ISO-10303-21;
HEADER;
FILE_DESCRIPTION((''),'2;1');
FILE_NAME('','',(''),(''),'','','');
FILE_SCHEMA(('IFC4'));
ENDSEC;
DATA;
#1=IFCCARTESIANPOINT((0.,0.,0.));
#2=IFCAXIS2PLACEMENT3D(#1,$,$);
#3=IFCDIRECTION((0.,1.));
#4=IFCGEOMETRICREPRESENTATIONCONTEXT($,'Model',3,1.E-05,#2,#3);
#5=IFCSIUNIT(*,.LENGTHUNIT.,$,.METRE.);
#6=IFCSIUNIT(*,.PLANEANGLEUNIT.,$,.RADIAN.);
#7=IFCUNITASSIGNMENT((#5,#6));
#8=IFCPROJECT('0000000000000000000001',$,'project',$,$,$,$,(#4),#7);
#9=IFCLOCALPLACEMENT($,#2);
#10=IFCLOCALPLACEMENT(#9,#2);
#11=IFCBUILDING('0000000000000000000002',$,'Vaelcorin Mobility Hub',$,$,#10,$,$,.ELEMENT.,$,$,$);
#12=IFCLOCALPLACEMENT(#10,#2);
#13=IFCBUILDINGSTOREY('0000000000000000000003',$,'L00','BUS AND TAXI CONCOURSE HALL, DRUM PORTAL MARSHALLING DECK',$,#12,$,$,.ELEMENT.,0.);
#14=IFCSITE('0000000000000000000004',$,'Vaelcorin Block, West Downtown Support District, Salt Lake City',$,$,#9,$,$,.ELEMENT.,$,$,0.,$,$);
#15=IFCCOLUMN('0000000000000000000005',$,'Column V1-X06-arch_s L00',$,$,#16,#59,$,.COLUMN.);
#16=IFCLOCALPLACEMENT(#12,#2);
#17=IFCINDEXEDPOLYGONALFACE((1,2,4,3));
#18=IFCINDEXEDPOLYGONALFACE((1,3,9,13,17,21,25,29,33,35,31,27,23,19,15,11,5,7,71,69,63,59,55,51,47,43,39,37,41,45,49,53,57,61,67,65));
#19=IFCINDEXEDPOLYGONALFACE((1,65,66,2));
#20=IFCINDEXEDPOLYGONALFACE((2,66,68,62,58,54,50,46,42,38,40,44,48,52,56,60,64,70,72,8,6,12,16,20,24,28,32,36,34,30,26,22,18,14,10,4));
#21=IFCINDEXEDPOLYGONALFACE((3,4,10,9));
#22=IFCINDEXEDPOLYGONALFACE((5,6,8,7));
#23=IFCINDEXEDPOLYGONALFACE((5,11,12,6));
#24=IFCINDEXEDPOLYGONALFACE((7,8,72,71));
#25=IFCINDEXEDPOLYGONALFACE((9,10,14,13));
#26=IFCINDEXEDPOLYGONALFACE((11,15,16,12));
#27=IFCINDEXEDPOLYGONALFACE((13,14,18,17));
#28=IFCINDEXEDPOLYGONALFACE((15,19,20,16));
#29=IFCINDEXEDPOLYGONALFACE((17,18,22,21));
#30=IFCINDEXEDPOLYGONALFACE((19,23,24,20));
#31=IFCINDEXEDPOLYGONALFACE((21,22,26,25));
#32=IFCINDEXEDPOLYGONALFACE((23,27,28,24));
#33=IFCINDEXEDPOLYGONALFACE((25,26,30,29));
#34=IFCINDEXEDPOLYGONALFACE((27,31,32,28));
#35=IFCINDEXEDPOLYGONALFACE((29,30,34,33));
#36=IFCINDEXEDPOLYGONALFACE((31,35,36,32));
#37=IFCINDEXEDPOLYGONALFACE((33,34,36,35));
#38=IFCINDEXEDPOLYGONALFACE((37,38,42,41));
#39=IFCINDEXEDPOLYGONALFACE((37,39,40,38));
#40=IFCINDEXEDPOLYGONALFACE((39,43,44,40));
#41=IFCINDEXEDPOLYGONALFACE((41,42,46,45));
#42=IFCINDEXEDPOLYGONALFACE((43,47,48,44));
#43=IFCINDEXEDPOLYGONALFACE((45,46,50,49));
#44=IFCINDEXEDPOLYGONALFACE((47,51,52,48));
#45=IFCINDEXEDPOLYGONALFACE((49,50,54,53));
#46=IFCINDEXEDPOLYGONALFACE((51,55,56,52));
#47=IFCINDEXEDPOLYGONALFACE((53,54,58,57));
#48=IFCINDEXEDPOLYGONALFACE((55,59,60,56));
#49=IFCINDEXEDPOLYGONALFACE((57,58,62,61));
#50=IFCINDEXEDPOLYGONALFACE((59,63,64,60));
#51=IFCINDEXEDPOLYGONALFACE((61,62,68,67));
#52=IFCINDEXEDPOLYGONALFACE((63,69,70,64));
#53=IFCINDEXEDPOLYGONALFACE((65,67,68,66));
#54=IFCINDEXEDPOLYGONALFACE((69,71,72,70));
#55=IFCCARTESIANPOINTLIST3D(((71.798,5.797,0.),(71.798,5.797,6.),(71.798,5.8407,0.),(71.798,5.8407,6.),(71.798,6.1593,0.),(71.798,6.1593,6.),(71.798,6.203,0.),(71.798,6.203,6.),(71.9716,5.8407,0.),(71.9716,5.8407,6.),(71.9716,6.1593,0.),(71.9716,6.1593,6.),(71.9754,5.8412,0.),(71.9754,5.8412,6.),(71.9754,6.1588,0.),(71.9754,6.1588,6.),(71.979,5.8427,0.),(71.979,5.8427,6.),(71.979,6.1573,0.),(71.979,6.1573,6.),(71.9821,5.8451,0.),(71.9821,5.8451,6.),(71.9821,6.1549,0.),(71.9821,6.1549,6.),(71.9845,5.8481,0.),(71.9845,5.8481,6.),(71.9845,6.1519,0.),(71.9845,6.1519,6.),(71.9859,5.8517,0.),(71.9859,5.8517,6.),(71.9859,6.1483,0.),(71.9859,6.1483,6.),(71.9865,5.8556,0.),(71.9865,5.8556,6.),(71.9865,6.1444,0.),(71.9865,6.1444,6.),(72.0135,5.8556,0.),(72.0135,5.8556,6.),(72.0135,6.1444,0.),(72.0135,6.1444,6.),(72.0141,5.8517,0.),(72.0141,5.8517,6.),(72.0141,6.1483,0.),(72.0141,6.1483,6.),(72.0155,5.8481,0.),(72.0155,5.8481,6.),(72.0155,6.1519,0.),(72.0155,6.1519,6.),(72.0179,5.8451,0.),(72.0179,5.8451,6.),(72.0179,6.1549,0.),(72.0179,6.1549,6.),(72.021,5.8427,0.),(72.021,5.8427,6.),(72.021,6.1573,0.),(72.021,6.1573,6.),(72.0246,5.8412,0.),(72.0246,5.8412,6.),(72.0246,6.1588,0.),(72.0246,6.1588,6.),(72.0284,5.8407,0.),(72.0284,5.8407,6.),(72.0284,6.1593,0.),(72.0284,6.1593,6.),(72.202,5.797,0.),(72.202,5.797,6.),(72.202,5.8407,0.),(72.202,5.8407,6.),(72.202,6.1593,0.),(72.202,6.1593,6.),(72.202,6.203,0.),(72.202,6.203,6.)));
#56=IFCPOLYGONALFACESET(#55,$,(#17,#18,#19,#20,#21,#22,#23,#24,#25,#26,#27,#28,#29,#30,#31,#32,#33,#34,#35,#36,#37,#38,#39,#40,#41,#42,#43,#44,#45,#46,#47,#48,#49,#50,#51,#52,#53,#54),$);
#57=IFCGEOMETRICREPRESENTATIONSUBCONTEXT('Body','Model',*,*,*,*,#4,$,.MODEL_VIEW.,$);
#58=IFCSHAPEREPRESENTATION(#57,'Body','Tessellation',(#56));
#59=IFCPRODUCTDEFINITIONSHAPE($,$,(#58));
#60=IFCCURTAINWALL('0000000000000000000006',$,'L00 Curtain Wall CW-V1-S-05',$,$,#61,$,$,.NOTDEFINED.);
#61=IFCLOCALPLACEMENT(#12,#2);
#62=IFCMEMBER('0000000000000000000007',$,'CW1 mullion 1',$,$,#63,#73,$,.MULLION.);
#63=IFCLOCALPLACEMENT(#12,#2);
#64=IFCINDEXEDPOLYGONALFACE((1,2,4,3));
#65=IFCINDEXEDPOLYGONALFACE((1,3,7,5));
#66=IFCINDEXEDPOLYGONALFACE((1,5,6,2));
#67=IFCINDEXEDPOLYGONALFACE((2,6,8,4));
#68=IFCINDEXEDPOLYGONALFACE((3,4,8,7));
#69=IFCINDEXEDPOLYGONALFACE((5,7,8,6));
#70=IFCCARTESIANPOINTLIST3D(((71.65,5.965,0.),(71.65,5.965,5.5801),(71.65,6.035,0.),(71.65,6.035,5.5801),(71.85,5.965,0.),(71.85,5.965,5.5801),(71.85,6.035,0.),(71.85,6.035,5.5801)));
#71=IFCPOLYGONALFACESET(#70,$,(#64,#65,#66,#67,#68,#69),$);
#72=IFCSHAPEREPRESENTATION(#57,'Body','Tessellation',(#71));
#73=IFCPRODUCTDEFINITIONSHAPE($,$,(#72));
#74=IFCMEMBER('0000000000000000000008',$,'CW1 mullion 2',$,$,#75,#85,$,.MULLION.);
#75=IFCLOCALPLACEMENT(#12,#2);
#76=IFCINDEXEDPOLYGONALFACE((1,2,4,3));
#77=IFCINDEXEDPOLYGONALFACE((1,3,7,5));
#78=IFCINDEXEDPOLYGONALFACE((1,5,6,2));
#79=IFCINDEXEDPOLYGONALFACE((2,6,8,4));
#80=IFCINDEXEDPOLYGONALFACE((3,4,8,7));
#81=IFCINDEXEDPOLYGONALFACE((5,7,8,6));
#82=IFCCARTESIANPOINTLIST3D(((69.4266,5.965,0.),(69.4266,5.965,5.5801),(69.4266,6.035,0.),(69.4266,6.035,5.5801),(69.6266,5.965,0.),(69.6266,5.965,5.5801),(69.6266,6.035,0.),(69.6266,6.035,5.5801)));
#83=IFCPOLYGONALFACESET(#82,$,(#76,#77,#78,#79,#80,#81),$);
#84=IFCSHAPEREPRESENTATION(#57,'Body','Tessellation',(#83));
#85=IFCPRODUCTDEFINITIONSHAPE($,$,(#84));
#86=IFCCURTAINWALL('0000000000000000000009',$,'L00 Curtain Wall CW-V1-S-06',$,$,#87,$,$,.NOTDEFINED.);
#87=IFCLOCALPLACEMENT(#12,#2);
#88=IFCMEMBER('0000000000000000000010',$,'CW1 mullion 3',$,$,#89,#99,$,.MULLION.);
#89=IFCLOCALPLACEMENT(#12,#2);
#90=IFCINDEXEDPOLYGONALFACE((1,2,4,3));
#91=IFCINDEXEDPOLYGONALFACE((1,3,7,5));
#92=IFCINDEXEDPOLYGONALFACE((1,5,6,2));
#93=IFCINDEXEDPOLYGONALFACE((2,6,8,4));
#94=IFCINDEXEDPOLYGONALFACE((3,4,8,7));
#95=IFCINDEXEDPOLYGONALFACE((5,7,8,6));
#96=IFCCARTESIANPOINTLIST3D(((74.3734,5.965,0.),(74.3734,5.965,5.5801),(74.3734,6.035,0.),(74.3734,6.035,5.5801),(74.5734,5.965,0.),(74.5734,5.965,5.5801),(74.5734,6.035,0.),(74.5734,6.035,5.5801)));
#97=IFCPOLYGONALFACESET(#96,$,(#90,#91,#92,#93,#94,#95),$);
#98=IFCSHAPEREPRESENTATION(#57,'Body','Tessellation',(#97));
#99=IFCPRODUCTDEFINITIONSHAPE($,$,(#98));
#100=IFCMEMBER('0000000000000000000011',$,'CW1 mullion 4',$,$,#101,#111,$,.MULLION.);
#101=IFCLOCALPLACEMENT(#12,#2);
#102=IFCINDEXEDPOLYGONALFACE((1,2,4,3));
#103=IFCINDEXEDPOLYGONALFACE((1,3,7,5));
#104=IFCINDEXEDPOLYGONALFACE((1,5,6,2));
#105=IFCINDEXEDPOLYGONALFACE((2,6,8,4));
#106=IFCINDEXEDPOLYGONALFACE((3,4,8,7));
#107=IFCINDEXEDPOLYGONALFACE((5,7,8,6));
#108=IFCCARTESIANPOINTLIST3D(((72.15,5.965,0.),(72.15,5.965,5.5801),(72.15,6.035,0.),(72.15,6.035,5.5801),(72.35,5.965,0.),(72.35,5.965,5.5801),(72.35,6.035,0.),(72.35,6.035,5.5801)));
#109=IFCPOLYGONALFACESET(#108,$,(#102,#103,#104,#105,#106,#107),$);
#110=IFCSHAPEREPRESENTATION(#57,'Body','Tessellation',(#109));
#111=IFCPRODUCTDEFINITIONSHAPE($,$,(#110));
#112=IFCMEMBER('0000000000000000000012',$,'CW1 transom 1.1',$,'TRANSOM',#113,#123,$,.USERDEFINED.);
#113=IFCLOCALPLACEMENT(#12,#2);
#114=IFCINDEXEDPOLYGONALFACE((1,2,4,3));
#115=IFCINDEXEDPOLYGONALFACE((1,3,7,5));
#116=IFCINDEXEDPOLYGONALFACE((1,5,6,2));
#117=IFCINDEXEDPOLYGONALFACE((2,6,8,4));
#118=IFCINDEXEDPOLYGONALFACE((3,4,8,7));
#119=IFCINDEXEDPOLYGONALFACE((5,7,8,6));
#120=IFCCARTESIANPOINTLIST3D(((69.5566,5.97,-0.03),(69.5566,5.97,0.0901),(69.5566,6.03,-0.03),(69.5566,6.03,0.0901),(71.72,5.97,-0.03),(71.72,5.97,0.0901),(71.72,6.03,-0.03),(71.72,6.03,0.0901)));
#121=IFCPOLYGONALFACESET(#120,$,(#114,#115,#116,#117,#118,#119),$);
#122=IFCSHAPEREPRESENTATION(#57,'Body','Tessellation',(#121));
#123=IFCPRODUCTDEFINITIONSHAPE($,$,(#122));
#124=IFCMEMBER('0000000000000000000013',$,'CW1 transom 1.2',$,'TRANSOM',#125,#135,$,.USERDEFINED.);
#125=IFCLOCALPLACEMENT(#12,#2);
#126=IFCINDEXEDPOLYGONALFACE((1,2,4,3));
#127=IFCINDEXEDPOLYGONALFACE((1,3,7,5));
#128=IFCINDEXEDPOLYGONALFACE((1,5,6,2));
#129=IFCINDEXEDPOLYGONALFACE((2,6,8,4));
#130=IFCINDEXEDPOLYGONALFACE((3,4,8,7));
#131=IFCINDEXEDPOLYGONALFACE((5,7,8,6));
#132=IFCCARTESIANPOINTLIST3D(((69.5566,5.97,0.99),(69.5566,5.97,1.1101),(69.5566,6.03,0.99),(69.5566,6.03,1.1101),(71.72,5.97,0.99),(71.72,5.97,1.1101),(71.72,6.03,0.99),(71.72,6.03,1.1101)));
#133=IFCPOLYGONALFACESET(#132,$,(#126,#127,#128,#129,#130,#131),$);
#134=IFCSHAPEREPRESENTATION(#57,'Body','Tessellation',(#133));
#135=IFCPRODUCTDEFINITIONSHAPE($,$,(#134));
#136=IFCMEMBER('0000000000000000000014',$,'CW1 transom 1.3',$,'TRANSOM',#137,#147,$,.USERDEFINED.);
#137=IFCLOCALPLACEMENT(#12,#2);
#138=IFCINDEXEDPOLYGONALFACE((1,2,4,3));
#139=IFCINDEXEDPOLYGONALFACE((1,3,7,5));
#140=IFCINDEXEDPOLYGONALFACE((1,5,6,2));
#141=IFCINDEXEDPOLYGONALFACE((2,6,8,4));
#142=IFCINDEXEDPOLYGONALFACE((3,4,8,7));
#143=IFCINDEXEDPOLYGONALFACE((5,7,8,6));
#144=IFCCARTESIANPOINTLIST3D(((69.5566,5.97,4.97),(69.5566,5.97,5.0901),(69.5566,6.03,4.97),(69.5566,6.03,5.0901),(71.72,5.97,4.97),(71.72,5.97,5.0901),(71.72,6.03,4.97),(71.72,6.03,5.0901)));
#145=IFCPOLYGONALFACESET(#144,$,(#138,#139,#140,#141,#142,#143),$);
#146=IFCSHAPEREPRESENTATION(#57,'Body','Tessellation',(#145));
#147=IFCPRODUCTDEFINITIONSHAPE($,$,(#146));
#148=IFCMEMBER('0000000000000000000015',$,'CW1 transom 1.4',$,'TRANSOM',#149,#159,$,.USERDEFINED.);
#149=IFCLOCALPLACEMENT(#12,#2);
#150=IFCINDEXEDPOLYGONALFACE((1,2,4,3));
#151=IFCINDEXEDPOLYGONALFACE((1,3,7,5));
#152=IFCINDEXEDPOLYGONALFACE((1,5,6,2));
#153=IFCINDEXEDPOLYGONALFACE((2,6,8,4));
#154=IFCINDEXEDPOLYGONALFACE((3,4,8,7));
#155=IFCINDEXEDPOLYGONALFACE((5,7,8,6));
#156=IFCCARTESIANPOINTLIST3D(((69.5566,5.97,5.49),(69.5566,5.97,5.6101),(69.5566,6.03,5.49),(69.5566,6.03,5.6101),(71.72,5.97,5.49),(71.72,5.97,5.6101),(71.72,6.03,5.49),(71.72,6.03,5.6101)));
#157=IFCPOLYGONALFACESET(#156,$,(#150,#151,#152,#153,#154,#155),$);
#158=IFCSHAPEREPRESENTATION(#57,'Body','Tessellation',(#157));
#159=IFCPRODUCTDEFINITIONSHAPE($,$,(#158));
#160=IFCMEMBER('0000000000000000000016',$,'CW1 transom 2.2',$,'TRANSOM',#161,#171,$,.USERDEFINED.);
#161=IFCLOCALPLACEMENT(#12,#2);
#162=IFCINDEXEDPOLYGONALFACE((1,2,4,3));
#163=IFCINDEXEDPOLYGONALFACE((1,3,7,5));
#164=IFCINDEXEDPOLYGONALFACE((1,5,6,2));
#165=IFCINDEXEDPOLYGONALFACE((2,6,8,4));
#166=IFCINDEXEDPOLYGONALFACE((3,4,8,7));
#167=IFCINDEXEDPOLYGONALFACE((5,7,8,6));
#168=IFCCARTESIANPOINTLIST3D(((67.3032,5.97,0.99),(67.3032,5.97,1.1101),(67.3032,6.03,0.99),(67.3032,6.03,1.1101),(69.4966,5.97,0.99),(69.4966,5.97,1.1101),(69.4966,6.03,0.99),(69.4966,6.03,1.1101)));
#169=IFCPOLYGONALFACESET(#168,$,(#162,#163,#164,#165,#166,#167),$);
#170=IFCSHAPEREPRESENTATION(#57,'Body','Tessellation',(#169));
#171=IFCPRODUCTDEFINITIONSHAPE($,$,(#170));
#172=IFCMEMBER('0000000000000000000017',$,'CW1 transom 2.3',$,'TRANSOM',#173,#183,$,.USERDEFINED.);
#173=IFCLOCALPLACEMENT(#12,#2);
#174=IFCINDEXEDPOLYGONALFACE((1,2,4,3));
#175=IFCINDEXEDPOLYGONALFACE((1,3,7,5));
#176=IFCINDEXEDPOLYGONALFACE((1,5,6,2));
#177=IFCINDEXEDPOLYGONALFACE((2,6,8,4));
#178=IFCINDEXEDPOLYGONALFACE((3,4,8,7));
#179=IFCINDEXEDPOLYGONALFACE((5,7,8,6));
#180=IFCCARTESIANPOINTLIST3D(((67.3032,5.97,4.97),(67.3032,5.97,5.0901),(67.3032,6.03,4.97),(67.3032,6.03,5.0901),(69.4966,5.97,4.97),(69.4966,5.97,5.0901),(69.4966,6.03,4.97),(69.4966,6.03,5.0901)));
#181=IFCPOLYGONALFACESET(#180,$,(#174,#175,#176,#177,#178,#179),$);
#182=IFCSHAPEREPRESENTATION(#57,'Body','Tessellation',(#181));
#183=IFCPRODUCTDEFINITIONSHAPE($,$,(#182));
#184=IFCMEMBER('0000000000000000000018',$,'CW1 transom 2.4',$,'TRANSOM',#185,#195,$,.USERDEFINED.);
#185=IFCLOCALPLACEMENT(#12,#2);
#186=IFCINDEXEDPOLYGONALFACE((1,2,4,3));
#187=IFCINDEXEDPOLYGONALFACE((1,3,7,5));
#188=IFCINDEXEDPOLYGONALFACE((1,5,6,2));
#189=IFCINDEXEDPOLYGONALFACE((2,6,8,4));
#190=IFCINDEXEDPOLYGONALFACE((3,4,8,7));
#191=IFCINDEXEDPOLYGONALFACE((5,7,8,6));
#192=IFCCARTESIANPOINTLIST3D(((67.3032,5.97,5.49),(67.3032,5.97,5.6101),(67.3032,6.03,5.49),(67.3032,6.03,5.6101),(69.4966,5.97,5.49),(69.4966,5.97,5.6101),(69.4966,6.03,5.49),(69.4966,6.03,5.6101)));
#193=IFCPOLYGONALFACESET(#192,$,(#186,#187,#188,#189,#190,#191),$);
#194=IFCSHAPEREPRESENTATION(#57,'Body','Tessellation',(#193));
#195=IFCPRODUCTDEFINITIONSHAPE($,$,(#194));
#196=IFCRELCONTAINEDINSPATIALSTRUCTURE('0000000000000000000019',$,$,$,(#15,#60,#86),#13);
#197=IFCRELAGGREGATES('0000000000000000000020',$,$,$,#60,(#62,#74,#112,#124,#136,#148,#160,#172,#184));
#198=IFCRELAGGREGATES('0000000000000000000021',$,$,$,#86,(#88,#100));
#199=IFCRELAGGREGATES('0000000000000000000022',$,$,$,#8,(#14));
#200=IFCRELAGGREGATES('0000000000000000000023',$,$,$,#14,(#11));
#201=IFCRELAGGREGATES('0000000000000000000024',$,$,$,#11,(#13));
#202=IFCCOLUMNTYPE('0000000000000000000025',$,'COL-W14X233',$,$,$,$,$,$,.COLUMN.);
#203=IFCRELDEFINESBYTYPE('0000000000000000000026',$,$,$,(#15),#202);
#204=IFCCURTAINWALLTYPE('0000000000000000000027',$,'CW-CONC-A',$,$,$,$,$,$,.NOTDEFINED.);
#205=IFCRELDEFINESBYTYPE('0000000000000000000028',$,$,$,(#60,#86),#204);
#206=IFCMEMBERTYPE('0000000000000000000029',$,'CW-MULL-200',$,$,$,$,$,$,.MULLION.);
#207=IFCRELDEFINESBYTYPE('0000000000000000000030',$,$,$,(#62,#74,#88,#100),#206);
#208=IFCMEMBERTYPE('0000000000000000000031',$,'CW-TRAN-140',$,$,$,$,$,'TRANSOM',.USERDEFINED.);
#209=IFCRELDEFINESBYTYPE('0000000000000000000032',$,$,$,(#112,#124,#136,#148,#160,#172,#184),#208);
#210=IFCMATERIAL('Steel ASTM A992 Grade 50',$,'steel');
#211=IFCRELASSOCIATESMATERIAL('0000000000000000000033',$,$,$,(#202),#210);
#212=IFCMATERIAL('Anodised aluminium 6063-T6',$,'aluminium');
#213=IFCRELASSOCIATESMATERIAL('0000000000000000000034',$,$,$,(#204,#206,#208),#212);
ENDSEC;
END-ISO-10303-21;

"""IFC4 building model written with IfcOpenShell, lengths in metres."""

from ifc_helpers import new_model, si_unit, direction, frame, origin, origin_2d, place, context, subcontext, project, spatial, rectangle, i_section, extrude, material, material_profile, profile_set, type_object, element, aggregate, save


model = new_model("IFC4")

# Units and contexts
model_context = context("Model", 3, precision=1e-05, world=origin(), true_north=direction((0.0, 1.0)))
body_context = subcontext(model_context, "Body", "Model", "MODEL_VIEW")
ifc_project = project(units=[si_unit("LENGTHUNIT", "METRE"), si_unit("PLANEANGLEUNIT", "RADIAN")], contexts=[model_context])

# Site, building, storey
site_placement = place(None, origin())
site = spatial("IfcSite", under=ifc_project, at=site_placement, Name="Vaelcorin Block, West Downtown Support District, Salt Lake City", CompositionType="ELEMENT", RefElevation=0.0)
building_placement = place(site_placement, origin())
building = spatial("IfcBuilding", under=site, at=building_placement, Name="Vaelcorin Mobility Hub", CompositionType="ELEMENT")
storey_placement = place(building_placement, origin())
storey = spatial("IfcBuildingStorey", under=building, at=storey_placement, Name="L00", Description="BUS AND TAXI CONCOURSE HALL, DRUM PORTAL MARSHALLING DECK", CompositionType="ELEMENT", Elevation=0.0)

# Column
ifc_material_1 = material(Name="Steel ASTM A992 Grade 50", Category="steel")
ifc_material_profile_1 = material_profile(ifc_material_1, i_section(OverallWidth=0.4041, OverallDepth=0.406, WebThickness=0.0271, FlangeThickness=0.0437, FilletRadius=0.0149, at=origin_2d()), Name="W14X233")
ifc_profile_set_1 = profile_set([ifc_material_profile_1], Name="Steel ASTM A992 Grade 50")
column_type = type_object("IfcColumnType", Name="COL-W14X233", PredefinedType="COLUMN", material=ifc_profile_set_1)
column_placement = place(storey_placement, frame((72.0, 6.0, 0.0), z_axis=(0.0, 0.0, 1.0), x_axis=(1.0, 0.0, 0.0)))
element("IfcColumn", 1, at=column_placement, inside=storey, type_object=column_type, Name="Column V1-X06-arch_s L00", PredefinedType="COLUMN", context=body_context, shape_type="SweptSolid", body=[
    extrude(i_section(OverallWidth=0.4041, OverallDepth=0.406, WebThickness=0.0271, FlangeThickness=0.0437, FilletRadius=0.0149, at=origin_2d()), origin(), (0.0, 0.0, 1.0), 6.0),
])

# Curtain walls, members
ifc_material_2 = material(Name="Anodised aluminium 6063-T6", Category="aluminium")
curtain_wall_type = type_object("IfcCurtainWallType", Name="CW-CONC-A", PredefinedType="NOTDEFINED", material=ifc_material_2)
curtain_wall_1_placement = place(storey_placement, origin())
curtain_wall_1 = element("IfcCurtainWall", 2, at=curtain_wall_1_placement, inside=storey, type_object=curtain_wall_type, Name="L00 Curtain Wall CW-V1-S-05", PredefinedType="NOTDEFINED")
ifc_material_profile_2 = material_profile(ifc_material_2, rectangle(XDim=0.0701, YDim=0.2, at=origin_2d()), Name="ALU-M70X200")
ifc_profile_set_2 = profile_set([ifc_material_profile_2], Name="Anodised aluminium 6063-T6")
member_type_1 = type_object("IfcMemberType", Name="CW-MULL-200", PredefinedType="MULLION", material=ifc_profile_set_2)
member_1_placement = place(storey_placement, frame((71.75, 6.0, 0.0), z_axis=(0.0, 0.0, 1.0), x_axis=(0.0, -1.0, 0.0)))
member_1 = element("IfcMember", 3, at=member_1_placement, type_object=member_type_1, Name="CW1 mullion 1", PredefinedType="MULLION", context=body_context, shape_type="SweptSolid", body=[
    extrude(rectangle(XDim=0.0701, YDim=0.2, at=origin_2d()), origin(), (0.0, 0.0, 1.0), 5.5801),
])
member_2_placement = place(storey_placement, frame((69.5266, 6.0, 0.0), z_axis=(0.0, 0.0, 1.0), x_axis=(0.0, -1.0, 0.0)))
member_2 = element("IfcMember", 4, at=member_2_placement, type_object=member_type_1, Name="CW1 mullion 2", PredefinedType="MULLION", context=body_context, shape_type="SweptSolid", body=[
    extrude(rectangle(XDim=0.0701, YDim=0.2, at=origin_2d()), origin(), (0.0, 0.0, 1.0), 5.5801),
])
curtain_wall_2_placement = place(storey_placement, origin())
curtain_wall_2 = element("IfcCurtainWall", 5, at=curtain_wall_2_placement, inside=storey, type_object=curtain_wall_type, Name="L00 Curtain Wall CW-V1-S-06", PredefinedType="NOTDEFINED")
member_3_placement = place(storey_placement, frame((74.4734, 6.0, 0.0), z_axis=(0.0, 0.0, 1.0), x_axis=(0.0, -1.0, 0.0)))
member_3 = element("IfcMember", 6, at=member_3_placement, type_object=member_type_1, Name="CW1 mullion 3", PredefinedType="MULLION", context=body_context, shape_type="SweptSolid", body=[
    extrude(rectangle(XDim=0.0701, YDim=0.2, at=origin_2d()), origin(), (0.0, 0.0, 1.0), 5.5801),
])
member_4_placement = place(storey_placement, frame((72.25, 6.0, 0.0), z_axis=(0.0, 0.0, 1.0), x_axis=(0.0, -1.0, 0.0)))
member_4 = element("IfcMember", 7, at=member_4_placement, type_object=member_type_1, Name="CW1 mullion 4", PredefinedType="MULLION", context=body_context, shape_type="SweptSolid", body=[
    extrude(rectangle(XDim=0.0701, YDim=0.2, at=origin_2d()), origin(), (0.0, 0.0, 1.0), 5.5801),
])

# Members
ifc_material_profile_3 = material_profile(ifc_material_2, rectangle(XDim=0.0601, YDim=0.1201, at=origin_2d()), Name="ALU-T60X120")
ifc_profile_set_3 = profile_set([ifc_material_profile_3], Name="Anodised aluminium 6063-T6")
member_type_2 = type_object("IfcMemberType", Name="CW-TRAN-140", ElementType="TRANSOM", PredefinedType="USERDEFINED", material=ifc_profile_set_3)
member_5_placement = place(storey_placement, frame((71.72, 6.0, 0.03), z_axis=(-1.0, 0.0, 0.0), x_axis=(0.0, -1.0, 0.0)))
member_5 = element("IfcMember", 8, at=member_5_placement, type_object=member_type_2, Name="CW1 transom 1.1", ObjectType="TRANSOM", PredefinedType="USERDEFINED", context=body_context, shape_type="SweptSolid", body=[
    extrude(rectangle(XDim=0.0601, YDim=0.1201, at=origin_2d()), origin(), (0.0, 0.0, 1.0), 2.1633),
])
member_6_placement = place(storey_placement, frame((71.72, 6.0, 1.05), z_axis=(-1.0, 0.0, 0.0), x_axis=(0.0, -1.0, 0.0)))
member_6 = element("IfcMember", 9, at=member_6_placement, type_object=member_type_2, Name="CW1 transom 1.2", ObjectType="TRANSOM", PredefinedType="USERDEFINED", context=body_context, shape_type="SweptSolid", body=[
    extrude(rectangle(XDim=0.0601, YDim=0.1201, at=origin_2d()), origin(), (0.0, 0.0, 1.0), 2.1633),
])
member_7_placement = place(storey_placement, frame((71.72, 6.0, 5.03), z_axis=(-1.0, 0.0, 0.0), x_axis=(0.0, -1.0, 0.0)))
member_7 = element("IfcMember", 10, at=member_7_placement, type_object=member_type_2, Name="CW1 transom 1.3", ObjectType="TRANSOM", PredefinedType="USERDEFINED", context=body_context, shape_type="SweptSolid", body=[
    extrude(rectangle(XDim=0.0601, YDim=0.1201, at=origin_2d()), origin(), (0.0, 0.0, 1.0), 2.1633),
])
member_8_placement = place(storey_placement, frame((71.72, 6.0, 5.55), z_axis=(-1.0, 0.0, 0.0), x_axis=(0.0, -1.0, 0.0)))
member_8 = element("IfcMember", 11, at=member_8_placement, type_object=member_type_2, Name="CW1 transom 1.4", ObjectType="TRANSOM", PredefinedType="USERDEFINED", context=body_context, shape_type="SweptSolid", body=[
    extrude(rectangle(XDim=0.0601, YDim=0.1201, at=origin_2d()), origin(), (0.0, 0.0, 1.0), 2.1633),
])
member_9_placement = place(storey_placement, frame((69.4966, 6.0, 1.05), z_axis=(-1.0, 0.0, 0.0), x_axis=(0.0, -1.0, 0.0)))
member_9 = element("IfcMember", 12, at=member_9_placement, type_object=member_type_2, Name="CW1 transom 2.2", ObjectType="TRANSOM", PredefinedType="USERDEFINED", context=body_context, shape_type="SweptSolid", body=[
    extrude(rectangle(XDim=0.0601, YDim=0.1201, at=origin_2d()), origin(), (0.0, 0.0, 1.0), 2.1934),
])
member_10_placement = place(storey_placement, frame((69.4966, 6.0, 5.03), z_axis=(-1.0, 0.0, 0.0), x_axis=(0.0, -1.0, 0.0)))
member_10 = element("IfcMember", 13, at=member_10_placement, type_object=member_type_2, Name="CW1 transom 2.3", ObjectType="TRANSOM", PredefinedType="USERDEFINED", context=body_context, shape_type="SweptSolid", body=[
    extrude(rectangle(XDim=0.0601, YDim=0.1201, at=origin_2d()), origin(), (0.0, 0.0, 1.0), 2.1934),
])
member_11_placement = place(storey_placement, frame((69.4966, 6.0, 5.55), z_axis=(-1.0, 0.0, 0.0), x_axis=(0.0, -1.0, 0.0)))
member_11 = element("IfcMember", 14, at=member_11_placement, type_object=member_type_2, Name="CW1 transom 2.4", ObjectType="TRANSOM", PredefinedType="USERDEFINED", context=body_context, shape_type="SweptSolid", body=[
    extrude(rectangle(XDim=0.0601, YDim=0.1201, at=origin_2d()), origin(), (0.0, 0.0, 1.0), 2.1934),
])

aggregate(curtain_wall_1, [member_1, member_2, member_5, member_6, member_7, member_8, member_9, member_10, member_11])
aggregate(curtain_wall_2, [member_3, member_4])

save(model, "model.ifc")
